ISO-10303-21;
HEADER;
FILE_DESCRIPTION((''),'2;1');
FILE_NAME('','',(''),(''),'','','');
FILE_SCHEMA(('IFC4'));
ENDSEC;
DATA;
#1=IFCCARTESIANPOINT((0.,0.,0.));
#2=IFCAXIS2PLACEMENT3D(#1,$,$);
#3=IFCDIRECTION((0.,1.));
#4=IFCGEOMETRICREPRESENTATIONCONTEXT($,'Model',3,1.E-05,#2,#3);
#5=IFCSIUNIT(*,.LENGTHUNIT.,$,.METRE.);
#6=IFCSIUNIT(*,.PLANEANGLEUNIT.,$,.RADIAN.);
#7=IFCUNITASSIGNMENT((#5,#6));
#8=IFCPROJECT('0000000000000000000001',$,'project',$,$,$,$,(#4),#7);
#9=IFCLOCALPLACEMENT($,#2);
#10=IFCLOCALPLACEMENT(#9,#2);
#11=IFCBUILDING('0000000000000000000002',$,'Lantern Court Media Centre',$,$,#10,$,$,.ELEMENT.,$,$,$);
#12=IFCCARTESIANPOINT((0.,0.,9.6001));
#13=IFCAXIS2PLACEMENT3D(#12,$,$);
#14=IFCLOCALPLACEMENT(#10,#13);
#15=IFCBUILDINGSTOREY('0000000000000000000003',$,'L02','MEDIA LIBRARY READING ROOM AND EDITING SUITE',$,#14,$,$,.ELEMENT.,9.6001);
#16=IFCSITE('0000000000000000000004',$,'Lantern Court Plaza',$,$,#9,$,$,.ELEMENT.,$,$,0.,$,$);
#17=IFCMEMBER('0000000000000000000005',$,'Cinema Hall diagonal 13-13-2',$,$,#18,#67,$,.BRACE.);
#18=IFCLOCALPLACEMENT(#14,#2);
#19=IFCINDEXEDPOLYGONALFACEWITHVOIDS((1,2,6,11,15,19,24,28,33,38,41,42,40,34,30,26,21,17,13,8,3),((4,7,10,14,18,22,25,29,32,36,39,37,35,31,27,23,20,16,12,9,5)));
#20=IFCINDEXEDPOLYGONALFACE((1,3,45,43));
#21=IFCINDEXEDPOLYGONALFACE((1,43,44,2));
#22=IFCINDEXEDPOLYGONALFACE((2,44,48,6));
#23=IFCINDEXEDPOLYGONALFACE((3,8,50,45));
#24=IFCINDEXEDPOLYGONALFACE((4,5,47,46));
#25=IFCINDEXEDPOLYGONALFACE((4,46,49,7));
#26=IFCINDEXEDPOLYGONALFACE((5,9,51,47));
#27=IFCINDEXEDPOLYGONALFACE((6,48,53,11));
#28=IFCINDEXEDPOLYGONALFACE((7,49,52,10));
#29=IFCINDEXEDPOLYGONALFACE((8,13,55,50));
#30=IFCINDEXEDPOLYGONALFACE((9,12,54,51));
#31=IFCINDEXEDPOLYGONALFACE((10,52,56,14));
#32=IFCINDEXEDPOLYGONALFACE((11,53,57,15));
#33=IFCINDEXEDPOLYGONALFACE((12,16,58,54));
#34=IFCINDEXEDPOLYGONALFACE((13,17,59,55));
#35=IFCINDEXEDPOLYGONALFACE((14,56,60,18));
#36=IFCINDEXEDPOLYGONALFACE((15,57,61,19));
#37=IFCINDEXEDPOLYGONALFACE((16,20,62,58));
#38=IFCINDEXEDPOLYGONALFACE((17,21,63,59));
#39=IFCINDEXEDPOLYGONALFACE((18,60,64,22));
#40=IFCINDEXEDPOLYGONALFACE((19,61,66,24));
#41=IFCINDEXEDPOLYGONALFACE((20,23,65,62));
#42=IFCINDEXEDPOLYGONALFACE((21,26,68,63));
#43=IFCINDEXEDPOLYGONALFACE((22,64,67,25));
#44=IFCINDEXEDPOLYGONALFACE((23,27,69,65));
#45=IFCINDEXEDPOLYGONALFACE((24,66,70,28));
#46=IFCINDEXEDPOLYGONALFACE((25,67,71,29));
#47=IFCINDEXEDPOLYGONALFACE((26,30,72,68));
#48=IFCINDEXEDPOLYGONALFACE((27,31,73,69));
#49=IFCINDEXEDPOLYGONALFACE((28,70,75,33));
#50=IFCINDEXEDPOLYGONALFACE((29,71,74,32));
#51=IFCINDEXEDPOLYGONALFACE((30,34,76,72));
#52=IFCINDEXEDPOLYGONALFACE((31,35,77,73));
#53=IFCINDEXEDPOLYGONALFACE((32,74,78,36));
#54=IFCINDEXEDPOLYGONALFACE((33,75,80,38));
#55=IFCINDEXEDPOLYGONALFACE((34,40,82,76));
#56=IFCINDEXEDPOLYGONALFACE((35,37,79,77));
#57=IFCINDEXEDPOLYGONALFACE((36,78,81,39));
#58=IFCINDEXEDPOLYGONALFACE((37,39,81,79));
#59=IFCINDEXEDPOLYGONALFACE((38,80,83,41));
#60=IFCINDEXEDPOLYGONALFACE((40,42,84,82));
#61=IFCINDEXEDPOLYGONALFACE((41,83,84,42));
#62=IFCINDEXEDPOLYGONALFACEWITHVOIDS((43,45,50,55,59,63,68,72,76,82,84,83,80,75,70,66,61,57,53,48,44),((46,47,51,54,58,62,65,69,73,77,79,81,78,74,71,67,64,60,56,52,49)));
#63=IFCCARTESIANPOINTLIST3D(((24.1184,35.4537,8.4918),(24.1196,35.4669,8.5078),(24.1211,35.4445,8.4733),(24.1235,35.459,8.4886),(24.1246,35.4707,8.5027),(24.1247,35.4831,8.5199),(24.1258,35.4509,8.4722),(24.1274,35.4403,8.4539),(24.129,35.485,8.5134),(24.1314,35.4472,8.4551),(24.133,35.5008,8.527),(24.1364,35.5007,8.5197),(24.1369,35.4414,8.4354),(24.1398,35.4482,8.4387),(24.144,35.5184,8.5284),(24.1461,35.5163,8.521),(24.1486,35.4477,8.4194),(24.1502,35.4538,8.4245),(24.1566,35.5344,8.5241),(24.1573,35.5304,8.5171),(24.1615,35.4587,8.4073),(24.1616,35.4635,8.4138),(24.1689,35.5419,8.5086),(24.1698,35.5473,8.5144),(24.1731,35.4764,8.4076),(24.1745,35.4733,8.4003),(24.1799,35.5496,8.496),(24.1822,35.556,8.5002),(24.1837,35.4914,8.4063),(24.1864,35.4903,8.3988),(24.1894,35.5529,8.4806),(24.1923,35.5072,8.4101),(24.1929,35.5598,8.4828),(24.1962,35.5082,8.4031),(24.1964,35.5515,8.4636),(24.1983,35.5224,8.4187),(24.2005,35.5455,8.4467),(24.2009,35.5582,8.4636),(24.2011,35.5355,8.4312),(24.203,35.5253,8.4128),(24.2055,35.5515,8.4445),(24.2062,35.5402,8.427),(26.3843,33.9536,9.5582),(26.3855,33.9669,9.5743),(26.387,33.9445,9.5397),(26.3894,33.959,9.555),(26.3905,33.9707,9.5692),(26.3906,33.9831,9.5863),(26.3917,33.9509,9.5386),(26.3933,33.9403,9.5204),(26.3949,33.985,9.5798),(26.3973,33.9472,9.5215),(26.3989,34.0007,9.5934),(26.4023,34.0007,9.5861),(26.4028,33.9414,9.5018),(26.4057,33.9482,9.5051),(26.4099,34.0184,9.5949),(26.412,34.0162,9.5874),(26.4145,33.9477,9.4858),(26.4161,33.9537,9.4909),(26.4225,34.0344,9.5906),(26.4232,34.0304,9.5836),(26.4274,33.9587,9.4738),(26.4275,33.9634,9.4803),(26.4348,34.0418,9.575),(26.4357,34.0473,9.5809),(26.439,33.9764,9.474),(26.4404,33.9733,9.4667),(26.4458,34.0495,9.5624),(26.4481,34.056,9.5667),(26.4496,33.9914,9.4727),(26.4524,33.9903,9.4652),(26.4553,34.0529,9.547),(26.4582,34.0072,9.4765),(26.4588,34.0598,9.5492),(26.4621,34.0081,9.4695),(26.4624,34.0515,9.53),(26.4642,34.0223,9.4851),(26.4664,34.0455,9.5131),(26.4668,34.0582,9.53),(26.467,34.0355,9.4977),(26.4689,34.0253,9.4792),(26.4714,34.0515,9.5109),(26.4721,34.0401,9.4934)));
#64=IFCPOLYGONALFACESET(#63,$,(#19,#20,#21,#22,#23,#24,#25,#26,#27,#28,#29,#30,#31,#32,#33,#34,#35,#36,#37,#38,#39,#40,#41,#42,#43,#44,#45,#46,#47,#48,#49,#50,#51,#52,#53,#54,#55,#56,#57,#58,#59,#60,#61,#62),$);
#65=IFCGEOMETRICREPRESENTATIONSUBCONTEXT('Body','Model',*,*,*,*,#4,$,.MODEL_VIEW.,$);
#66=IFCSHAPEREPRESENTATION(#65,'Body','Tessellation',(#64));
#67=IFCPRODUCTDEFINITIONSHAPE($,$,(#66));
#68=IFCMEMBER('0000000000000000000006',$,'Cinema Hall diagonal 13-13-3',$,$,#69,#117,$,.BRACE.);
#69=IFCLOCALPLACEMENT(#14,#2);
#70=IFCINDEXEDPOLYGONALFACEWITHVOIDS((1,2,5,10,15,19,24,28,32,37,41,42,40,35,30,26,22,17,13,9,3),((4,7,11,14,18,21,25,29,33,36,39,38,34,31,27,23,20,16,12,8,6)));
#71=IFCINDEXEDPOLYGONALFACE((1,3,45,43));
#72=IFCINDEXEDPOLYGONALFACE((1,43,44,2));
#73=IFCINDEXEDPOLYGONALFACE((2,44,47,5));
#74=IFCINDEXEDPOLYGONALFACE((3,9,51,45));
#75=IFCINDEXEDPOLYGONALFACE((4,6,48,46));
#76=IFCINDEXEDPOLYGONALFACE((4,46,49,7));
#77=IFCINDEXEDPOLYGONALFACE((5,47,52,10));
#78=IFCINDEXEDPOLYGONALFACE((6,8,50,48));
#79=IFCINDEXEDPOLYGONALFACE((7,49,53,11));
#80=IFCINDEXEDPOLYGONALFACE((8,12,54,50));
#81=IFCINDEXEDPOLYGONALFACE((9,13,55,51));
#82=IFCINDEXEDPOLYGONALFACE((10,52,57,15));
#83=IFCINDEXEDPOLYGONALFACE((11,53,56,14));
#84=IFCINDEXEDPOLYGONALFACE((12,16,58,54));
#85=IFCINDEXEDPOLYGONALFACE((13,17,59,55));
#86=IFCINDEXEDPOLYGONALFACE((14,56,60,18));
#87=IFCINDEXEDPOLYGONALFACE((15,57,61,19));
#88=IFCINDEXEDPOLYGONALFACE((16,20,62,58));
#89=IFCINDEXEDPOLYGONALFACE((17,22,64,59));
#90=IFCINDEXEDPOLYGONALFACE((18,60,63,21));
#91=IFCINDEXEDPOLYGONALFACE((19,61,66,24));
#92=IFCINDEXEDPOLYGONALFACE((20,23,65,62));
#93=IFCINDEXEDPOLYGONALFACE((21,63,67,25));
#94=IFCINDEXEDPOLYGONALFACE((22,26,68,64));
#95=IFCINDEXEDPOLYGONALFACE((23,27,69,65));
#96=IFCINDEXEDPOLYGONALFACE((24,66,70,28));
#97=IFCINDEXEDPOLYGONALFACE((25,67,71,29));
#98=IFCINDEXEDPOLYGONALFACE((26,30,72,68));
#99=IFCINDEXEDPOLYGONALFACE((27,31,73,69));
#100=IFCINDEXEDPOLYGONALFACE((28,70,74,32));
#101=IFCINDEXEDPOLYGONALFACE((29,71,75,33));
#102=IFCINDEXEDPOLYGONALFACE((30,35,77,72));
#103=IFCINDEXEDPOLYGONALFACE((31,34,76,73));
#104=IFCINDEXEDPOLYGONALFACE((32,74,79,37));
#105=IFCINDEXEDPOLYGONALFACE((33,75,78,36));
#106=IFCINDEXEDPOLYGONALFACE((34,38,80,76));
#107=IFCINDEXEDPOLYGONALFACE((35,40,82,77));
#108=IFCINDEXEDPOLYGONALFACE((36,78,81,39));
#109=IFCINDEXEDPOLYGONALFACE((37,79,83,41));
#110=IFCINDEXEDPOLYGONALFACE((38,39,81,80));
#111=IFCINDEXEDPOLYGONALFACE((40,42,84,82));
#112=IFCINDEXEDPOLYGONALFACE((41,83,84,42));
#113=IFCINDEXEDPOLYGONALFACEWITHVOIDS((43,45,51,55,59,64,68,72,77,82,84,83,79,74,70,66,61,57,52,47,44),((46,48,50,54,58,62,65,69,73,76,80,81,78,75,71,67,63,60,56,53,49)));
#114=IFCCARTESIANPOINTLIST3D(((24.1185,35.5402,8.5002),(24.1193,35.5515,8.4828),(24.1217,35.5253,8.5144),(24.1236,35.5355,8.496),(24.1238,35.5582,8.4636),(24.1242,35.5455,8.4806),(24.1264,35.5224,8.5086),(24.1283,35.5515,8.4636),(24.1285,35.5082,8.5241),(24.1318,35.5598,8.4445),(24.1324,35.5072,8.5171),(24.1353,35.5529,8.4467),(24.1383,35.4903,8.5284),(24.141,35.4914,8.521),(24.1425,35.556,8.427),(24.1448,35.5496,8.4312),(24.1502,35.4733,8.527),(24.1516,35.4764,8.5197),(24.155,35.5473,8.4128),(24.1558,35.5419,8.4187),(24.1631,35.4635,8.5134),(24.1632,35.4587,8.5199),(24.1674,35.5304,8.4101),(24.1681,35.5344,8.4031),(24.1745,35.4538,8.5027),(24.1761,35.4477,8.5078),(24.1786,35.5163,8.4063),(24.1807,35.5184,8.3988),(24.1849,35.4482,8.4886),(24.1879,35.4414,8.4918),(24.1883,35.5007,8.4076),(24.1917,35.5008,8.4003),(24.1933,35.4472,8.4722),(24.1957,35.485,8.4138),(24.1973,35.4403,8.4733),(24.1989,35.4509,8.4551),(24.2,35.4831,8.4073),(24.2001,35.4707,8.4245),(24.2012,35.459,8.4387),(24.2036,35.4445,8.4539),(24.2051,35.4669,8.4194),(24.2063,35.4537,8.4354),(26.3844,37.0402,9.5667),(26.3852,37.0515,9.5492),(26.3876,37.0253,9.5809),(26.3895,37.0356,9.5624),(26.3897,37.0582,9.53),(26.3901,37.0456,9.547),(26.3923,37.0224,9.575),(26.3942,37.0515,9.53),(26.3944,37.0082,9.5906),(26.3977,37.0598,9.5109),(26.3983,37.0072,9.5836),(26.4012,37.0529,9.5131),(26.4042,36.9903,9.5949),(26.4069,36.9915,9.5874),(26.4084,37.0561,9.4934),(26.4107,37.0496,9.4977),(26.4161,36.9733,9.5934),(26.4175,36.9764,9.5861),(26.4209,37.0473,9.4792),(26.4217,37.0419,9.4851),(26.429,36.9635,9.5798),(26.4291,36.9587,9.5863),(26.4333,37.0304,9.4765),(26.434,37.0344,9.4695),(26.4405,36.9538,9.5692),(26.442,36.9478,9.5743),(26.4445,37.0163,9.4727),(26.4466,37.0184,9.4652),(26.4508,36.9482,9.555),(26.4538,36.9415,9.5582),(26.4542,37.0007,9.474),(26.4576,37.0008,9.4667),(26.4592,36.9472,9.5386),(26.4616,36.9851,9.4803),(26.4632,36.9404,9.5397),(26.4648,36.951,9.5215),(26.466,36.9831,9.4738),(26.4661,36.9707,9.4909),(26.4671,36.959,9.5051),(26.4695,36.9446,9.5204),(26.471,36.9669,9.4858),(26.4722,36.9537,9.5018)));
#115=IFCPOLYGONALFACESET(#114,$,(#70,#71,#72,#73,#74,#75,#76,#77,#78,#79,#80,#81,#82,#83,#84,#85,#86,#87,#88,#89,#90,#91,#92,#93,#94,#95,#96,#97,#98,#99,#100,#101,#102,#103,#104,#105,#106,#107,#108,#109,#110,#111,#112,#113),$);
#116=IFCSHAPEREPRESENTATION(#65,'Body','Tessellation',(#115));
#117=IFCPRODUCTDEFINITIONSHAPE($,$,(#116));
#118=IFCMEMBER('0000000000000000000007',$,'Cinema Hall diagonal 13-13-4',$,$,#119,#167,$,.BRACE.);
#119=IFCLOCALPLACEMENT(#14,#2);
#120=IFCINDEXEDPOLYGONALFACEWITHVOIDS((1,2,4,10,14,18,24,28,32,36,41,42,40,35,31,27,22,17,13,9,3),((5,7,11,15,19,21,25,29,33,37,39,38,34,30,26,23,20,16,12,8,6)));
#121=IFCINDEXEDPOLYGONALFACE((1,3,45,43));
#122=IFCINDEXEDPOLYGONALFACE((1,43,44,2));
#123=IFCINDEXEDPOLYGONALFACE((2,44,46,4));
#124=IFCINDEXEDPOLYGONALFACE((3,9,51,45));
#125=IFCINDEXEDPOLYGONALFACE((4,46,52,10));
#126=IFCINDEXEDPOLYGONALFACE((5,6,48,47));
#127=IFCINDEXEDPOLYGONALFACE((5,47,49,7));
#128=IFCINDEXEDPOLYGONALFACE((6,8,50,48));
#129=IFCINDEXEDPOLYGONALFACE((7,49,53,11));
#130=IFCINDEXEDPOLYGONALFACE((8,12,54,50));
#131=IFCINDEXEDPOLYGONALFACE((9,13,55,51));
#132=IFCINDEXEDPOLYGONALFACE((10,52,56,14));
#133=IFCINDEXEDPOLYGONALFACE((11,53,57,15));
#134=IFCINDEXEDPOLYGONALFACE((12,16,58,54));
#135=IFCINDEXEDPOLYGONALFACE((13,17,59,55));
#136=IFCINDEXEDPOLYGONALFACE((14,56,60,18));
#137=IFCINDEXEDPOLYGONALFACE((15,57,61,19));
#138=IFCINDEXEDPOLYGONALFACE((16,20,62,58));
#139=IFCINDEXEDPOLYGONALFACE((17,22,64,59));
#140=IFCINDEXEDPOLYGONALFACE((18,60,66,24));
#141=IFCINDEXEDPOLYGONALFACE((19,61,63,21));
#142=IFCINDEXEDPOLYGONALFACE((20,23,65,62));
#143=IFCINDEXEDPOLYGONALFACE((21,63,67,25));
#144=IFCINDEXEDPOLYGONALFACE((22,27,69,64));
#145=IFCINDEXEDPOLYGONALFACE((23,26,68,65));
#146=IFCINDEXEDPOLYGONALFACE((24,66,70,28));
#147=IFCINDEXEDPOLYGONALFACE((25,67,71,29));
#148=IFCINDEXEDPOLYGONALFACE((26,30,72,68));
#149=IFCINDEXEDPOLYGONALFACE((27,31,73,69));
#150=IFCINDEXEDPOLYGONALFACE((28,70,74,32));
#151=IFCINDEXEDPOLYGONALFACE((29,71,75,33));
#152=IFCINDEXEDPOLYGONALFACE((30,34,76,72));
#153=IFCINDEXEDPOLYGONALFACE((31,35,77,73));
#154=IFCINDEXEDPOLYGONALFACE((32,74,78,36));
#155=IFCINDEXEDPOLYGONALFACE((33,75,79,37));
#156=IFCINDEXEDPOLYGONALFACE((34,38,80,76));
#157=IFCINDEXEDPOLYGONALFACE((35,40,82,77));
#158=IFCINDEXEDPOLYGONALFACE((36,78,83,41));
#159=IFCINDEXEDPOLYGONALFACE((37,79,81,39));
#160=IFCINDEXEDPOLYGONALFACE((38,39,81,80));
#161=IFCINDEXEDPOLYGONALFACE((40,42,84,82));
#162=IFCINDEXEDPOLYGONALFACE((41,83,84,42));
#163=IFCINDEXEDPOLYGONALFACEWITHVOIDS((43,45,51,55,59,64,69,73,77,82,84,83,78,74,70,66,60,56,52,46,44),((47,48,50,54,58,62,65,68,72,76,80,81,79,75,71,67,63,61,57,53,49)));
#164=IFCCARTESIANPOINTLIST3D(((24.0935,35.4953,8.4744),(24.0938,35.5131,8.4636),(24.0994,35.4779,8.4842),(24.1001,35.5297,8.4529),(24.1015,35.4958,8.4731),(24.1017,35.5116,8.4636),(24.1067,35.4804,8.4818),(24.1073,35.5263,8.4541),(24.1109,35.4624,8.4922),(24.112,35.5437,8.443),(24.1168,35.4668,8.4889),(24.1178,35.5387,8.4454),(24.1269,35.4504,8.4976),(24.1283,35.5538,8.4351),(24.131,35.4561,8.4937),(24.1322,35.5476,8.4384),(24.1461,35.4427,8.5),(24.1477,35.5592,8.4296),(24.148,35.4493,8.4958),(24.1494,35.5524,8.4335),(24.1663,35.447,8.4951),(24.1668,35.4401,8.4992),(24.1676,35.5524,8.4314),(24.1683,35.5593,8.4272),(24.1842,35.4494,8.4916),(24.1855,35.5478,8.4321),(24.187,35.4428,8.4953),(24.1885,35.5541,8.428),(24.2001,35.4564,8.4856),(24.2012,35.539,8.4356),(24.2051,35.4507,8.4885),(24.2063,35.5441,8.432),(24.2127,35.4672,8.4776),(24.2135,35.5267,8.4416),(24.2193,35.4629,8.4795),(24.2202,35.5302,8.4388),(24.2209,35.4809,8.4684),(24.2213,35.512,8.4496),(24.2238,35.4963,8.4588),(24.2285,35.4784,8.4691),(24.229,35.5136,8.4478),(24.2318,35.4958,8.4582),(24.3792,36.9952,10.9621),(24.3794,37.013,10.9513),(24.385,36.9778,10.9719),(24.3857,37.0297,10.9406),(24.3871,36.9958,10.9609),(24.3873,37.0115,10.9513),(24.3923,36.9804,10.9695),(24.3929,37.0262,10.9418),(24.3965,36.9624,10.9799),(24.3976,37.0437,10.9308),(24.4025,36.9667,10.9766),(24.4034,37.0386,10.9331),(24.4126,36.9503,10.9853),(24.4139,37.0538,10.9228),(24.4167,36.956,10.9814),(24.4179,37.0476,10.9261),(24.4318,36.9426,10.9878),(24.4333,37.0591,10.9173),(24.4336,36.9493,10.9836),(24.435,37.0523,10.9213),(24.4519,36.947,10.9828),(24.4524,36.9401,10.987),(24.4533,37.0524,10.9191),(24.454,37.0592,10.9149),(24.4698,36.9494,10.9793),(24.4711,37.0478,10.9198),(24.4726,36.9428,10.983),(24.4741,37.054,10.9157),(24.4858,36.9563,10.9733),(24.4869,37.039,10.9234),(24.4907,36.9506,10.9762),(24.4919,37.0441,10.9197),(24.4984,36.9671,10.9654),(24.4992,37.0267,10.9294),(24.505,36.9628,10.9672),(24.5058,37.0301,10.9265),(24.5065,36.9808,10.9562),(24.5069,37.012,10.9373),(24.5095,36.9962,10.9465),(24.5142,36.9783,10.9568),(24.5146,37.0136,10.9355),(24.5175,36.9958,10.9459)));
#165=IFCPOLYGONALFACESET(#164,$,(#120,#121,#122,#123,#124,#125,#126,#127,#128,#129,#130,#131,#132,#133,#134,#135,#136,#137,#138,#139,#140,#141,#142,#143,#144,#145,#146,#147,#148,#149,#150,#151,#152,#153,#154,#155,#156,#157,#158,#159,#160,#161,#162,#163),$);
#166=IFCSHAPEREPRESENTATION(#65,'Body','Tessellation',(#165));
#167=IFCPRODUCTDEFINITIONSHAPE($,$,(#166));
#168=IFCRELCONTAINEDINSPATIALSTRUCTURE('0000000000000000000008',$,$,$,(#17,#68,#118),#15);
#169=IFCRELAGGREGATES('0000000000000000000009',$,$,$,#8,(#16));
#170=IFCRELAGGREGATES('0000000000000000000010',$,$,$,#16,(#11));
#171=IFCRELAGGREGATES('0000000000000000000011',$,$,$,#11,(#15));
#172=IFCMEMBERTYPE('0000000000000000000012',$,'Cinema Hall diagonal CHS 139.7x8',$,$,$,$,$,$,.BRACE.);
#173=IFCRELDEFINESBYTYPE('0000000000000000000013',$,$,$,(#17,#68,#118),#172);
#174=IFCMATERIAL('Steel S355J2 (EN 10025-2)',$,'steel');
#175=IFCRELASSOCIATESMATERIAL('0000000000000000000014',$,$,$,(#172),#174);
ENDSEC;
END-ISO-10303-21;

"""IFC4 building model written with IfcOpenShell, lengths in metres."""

from ifc_helpers import new_model, si_unit, direction, frame, origin, origin_2d, place, context, subcontext, project, spatial, hollow_circle, extrude, material, material_profile, profile_set, type_object, element, save


model = new_model("IFC4")

# Units and contexts
model_context = context("Model", 3, precision=1e-05, world=origin(), true_north=direction((0.0, 1.0)))
body_context = subcontext(model_context, "Body", "Model", "MODEL_VIEW")
ifc_project = project(units=[si_unit("LENGTHUNIT", "METRE"), si_unit("PLANEANGLEUNIT", "RADIAN")], contexts=[model_context])

# Site, building, storey
site_placement = place(None, origin())
site = spatial("IfcSite", under=ifc_project, at=site_placement, Name="Lantern Court Plaza", CompositionType="ELEMENT", RefElevation=0.0)
building_placement = place(site_placement, origin())
building = spatial("IfcBuilding", under=site, at=building_placement, Name="Lantern Court Media Centre", CompositionType="ELEMENT")
storey_placement = place(building_placement, frame((0.0, 0.0, 9.6001)))
storey = spatial("IfcBuildingStorey", under=building, at=storey_placement, Name="L02", Description="MEDIA LIBRARY READING ROOM AND EDITING SUITE", CompositionType="ELEMENT", Elevation=9.6001)

# Members
ifc_material = material(Name="Steel S355J2 (EN 10025-2)", Category="steel")
ifc_material_profile_1 = material_profile(ifc_material, hollow_circle(Radius=0.0698, WallThickness=0.0081, at=origin_2d()), Name="Cinema Hall diagonal CHS 139.7x8")
ifc_profile_set_1 = profile_set([ifc_material_profile_1], Name="Steel S355J2 (EN 10025-2)")
member_type_1 = type_object("IfcMemberType", Name="Cinema Hall diagonal CHS 139.7x8", PredefinedType="BRACE", material=ifc_profile_set_1)
for number, where, z_axis, x_axis, name in (
    (1, (24.1624, 35.5, 8.4636), (0.776211, -0.51385, 0.365315), (0.552002, 0.833843, 0.0), "Cinema Hall diagonal 13-13-2"),
    (2, (24.1624, 35.5, 8.4636), (0.776211, 0.51385, 0.365315), (-0.552002, 0.833843, 0.0), "Cinema Hall diagonal 13-13-3"),
):
    element("IfcMember", number, at=place(storey_placement, frame(where, z_axis=z_axis, x_axis=x_axis)), inside=storey, type_object=member_type_1, Name=name, PredefinedType="BRACE", context=body_context, shape_type="SweptSolid", body=[
        extrude(hollow_circle(Radius=0.0698, WallThickness=0.0081, at=origin_2d()), origin(), (0.0, 0.0, 1.0), 2.9192),
    ])
for number, where, z_axis, x_axis, name in (
    (3, (24.1624, 35.5, 8.4636), (0.097856, 0.51387, 0.852268), (-0.982347, 0.187068, 0.0), "Cinema Hall diagonal 13-13-4"),
):
    element("IfcMember", number, at=place(storey_placement, frame(where, z_axis=z_axis, x_axis=x_axis)), inside=storey, type_object=member_type_1, Name=name, PredefinedType="BRACE", context=body_context, shape_type="SweptSolid", body=[
        extrude(hollow_circle(Radius=0.0698, WallThickness=0.0081, at=origin_2d()), origin(), (0.0, 0.0, 1.0), 2.9189),
    ])

save(model, "model.ifc")
